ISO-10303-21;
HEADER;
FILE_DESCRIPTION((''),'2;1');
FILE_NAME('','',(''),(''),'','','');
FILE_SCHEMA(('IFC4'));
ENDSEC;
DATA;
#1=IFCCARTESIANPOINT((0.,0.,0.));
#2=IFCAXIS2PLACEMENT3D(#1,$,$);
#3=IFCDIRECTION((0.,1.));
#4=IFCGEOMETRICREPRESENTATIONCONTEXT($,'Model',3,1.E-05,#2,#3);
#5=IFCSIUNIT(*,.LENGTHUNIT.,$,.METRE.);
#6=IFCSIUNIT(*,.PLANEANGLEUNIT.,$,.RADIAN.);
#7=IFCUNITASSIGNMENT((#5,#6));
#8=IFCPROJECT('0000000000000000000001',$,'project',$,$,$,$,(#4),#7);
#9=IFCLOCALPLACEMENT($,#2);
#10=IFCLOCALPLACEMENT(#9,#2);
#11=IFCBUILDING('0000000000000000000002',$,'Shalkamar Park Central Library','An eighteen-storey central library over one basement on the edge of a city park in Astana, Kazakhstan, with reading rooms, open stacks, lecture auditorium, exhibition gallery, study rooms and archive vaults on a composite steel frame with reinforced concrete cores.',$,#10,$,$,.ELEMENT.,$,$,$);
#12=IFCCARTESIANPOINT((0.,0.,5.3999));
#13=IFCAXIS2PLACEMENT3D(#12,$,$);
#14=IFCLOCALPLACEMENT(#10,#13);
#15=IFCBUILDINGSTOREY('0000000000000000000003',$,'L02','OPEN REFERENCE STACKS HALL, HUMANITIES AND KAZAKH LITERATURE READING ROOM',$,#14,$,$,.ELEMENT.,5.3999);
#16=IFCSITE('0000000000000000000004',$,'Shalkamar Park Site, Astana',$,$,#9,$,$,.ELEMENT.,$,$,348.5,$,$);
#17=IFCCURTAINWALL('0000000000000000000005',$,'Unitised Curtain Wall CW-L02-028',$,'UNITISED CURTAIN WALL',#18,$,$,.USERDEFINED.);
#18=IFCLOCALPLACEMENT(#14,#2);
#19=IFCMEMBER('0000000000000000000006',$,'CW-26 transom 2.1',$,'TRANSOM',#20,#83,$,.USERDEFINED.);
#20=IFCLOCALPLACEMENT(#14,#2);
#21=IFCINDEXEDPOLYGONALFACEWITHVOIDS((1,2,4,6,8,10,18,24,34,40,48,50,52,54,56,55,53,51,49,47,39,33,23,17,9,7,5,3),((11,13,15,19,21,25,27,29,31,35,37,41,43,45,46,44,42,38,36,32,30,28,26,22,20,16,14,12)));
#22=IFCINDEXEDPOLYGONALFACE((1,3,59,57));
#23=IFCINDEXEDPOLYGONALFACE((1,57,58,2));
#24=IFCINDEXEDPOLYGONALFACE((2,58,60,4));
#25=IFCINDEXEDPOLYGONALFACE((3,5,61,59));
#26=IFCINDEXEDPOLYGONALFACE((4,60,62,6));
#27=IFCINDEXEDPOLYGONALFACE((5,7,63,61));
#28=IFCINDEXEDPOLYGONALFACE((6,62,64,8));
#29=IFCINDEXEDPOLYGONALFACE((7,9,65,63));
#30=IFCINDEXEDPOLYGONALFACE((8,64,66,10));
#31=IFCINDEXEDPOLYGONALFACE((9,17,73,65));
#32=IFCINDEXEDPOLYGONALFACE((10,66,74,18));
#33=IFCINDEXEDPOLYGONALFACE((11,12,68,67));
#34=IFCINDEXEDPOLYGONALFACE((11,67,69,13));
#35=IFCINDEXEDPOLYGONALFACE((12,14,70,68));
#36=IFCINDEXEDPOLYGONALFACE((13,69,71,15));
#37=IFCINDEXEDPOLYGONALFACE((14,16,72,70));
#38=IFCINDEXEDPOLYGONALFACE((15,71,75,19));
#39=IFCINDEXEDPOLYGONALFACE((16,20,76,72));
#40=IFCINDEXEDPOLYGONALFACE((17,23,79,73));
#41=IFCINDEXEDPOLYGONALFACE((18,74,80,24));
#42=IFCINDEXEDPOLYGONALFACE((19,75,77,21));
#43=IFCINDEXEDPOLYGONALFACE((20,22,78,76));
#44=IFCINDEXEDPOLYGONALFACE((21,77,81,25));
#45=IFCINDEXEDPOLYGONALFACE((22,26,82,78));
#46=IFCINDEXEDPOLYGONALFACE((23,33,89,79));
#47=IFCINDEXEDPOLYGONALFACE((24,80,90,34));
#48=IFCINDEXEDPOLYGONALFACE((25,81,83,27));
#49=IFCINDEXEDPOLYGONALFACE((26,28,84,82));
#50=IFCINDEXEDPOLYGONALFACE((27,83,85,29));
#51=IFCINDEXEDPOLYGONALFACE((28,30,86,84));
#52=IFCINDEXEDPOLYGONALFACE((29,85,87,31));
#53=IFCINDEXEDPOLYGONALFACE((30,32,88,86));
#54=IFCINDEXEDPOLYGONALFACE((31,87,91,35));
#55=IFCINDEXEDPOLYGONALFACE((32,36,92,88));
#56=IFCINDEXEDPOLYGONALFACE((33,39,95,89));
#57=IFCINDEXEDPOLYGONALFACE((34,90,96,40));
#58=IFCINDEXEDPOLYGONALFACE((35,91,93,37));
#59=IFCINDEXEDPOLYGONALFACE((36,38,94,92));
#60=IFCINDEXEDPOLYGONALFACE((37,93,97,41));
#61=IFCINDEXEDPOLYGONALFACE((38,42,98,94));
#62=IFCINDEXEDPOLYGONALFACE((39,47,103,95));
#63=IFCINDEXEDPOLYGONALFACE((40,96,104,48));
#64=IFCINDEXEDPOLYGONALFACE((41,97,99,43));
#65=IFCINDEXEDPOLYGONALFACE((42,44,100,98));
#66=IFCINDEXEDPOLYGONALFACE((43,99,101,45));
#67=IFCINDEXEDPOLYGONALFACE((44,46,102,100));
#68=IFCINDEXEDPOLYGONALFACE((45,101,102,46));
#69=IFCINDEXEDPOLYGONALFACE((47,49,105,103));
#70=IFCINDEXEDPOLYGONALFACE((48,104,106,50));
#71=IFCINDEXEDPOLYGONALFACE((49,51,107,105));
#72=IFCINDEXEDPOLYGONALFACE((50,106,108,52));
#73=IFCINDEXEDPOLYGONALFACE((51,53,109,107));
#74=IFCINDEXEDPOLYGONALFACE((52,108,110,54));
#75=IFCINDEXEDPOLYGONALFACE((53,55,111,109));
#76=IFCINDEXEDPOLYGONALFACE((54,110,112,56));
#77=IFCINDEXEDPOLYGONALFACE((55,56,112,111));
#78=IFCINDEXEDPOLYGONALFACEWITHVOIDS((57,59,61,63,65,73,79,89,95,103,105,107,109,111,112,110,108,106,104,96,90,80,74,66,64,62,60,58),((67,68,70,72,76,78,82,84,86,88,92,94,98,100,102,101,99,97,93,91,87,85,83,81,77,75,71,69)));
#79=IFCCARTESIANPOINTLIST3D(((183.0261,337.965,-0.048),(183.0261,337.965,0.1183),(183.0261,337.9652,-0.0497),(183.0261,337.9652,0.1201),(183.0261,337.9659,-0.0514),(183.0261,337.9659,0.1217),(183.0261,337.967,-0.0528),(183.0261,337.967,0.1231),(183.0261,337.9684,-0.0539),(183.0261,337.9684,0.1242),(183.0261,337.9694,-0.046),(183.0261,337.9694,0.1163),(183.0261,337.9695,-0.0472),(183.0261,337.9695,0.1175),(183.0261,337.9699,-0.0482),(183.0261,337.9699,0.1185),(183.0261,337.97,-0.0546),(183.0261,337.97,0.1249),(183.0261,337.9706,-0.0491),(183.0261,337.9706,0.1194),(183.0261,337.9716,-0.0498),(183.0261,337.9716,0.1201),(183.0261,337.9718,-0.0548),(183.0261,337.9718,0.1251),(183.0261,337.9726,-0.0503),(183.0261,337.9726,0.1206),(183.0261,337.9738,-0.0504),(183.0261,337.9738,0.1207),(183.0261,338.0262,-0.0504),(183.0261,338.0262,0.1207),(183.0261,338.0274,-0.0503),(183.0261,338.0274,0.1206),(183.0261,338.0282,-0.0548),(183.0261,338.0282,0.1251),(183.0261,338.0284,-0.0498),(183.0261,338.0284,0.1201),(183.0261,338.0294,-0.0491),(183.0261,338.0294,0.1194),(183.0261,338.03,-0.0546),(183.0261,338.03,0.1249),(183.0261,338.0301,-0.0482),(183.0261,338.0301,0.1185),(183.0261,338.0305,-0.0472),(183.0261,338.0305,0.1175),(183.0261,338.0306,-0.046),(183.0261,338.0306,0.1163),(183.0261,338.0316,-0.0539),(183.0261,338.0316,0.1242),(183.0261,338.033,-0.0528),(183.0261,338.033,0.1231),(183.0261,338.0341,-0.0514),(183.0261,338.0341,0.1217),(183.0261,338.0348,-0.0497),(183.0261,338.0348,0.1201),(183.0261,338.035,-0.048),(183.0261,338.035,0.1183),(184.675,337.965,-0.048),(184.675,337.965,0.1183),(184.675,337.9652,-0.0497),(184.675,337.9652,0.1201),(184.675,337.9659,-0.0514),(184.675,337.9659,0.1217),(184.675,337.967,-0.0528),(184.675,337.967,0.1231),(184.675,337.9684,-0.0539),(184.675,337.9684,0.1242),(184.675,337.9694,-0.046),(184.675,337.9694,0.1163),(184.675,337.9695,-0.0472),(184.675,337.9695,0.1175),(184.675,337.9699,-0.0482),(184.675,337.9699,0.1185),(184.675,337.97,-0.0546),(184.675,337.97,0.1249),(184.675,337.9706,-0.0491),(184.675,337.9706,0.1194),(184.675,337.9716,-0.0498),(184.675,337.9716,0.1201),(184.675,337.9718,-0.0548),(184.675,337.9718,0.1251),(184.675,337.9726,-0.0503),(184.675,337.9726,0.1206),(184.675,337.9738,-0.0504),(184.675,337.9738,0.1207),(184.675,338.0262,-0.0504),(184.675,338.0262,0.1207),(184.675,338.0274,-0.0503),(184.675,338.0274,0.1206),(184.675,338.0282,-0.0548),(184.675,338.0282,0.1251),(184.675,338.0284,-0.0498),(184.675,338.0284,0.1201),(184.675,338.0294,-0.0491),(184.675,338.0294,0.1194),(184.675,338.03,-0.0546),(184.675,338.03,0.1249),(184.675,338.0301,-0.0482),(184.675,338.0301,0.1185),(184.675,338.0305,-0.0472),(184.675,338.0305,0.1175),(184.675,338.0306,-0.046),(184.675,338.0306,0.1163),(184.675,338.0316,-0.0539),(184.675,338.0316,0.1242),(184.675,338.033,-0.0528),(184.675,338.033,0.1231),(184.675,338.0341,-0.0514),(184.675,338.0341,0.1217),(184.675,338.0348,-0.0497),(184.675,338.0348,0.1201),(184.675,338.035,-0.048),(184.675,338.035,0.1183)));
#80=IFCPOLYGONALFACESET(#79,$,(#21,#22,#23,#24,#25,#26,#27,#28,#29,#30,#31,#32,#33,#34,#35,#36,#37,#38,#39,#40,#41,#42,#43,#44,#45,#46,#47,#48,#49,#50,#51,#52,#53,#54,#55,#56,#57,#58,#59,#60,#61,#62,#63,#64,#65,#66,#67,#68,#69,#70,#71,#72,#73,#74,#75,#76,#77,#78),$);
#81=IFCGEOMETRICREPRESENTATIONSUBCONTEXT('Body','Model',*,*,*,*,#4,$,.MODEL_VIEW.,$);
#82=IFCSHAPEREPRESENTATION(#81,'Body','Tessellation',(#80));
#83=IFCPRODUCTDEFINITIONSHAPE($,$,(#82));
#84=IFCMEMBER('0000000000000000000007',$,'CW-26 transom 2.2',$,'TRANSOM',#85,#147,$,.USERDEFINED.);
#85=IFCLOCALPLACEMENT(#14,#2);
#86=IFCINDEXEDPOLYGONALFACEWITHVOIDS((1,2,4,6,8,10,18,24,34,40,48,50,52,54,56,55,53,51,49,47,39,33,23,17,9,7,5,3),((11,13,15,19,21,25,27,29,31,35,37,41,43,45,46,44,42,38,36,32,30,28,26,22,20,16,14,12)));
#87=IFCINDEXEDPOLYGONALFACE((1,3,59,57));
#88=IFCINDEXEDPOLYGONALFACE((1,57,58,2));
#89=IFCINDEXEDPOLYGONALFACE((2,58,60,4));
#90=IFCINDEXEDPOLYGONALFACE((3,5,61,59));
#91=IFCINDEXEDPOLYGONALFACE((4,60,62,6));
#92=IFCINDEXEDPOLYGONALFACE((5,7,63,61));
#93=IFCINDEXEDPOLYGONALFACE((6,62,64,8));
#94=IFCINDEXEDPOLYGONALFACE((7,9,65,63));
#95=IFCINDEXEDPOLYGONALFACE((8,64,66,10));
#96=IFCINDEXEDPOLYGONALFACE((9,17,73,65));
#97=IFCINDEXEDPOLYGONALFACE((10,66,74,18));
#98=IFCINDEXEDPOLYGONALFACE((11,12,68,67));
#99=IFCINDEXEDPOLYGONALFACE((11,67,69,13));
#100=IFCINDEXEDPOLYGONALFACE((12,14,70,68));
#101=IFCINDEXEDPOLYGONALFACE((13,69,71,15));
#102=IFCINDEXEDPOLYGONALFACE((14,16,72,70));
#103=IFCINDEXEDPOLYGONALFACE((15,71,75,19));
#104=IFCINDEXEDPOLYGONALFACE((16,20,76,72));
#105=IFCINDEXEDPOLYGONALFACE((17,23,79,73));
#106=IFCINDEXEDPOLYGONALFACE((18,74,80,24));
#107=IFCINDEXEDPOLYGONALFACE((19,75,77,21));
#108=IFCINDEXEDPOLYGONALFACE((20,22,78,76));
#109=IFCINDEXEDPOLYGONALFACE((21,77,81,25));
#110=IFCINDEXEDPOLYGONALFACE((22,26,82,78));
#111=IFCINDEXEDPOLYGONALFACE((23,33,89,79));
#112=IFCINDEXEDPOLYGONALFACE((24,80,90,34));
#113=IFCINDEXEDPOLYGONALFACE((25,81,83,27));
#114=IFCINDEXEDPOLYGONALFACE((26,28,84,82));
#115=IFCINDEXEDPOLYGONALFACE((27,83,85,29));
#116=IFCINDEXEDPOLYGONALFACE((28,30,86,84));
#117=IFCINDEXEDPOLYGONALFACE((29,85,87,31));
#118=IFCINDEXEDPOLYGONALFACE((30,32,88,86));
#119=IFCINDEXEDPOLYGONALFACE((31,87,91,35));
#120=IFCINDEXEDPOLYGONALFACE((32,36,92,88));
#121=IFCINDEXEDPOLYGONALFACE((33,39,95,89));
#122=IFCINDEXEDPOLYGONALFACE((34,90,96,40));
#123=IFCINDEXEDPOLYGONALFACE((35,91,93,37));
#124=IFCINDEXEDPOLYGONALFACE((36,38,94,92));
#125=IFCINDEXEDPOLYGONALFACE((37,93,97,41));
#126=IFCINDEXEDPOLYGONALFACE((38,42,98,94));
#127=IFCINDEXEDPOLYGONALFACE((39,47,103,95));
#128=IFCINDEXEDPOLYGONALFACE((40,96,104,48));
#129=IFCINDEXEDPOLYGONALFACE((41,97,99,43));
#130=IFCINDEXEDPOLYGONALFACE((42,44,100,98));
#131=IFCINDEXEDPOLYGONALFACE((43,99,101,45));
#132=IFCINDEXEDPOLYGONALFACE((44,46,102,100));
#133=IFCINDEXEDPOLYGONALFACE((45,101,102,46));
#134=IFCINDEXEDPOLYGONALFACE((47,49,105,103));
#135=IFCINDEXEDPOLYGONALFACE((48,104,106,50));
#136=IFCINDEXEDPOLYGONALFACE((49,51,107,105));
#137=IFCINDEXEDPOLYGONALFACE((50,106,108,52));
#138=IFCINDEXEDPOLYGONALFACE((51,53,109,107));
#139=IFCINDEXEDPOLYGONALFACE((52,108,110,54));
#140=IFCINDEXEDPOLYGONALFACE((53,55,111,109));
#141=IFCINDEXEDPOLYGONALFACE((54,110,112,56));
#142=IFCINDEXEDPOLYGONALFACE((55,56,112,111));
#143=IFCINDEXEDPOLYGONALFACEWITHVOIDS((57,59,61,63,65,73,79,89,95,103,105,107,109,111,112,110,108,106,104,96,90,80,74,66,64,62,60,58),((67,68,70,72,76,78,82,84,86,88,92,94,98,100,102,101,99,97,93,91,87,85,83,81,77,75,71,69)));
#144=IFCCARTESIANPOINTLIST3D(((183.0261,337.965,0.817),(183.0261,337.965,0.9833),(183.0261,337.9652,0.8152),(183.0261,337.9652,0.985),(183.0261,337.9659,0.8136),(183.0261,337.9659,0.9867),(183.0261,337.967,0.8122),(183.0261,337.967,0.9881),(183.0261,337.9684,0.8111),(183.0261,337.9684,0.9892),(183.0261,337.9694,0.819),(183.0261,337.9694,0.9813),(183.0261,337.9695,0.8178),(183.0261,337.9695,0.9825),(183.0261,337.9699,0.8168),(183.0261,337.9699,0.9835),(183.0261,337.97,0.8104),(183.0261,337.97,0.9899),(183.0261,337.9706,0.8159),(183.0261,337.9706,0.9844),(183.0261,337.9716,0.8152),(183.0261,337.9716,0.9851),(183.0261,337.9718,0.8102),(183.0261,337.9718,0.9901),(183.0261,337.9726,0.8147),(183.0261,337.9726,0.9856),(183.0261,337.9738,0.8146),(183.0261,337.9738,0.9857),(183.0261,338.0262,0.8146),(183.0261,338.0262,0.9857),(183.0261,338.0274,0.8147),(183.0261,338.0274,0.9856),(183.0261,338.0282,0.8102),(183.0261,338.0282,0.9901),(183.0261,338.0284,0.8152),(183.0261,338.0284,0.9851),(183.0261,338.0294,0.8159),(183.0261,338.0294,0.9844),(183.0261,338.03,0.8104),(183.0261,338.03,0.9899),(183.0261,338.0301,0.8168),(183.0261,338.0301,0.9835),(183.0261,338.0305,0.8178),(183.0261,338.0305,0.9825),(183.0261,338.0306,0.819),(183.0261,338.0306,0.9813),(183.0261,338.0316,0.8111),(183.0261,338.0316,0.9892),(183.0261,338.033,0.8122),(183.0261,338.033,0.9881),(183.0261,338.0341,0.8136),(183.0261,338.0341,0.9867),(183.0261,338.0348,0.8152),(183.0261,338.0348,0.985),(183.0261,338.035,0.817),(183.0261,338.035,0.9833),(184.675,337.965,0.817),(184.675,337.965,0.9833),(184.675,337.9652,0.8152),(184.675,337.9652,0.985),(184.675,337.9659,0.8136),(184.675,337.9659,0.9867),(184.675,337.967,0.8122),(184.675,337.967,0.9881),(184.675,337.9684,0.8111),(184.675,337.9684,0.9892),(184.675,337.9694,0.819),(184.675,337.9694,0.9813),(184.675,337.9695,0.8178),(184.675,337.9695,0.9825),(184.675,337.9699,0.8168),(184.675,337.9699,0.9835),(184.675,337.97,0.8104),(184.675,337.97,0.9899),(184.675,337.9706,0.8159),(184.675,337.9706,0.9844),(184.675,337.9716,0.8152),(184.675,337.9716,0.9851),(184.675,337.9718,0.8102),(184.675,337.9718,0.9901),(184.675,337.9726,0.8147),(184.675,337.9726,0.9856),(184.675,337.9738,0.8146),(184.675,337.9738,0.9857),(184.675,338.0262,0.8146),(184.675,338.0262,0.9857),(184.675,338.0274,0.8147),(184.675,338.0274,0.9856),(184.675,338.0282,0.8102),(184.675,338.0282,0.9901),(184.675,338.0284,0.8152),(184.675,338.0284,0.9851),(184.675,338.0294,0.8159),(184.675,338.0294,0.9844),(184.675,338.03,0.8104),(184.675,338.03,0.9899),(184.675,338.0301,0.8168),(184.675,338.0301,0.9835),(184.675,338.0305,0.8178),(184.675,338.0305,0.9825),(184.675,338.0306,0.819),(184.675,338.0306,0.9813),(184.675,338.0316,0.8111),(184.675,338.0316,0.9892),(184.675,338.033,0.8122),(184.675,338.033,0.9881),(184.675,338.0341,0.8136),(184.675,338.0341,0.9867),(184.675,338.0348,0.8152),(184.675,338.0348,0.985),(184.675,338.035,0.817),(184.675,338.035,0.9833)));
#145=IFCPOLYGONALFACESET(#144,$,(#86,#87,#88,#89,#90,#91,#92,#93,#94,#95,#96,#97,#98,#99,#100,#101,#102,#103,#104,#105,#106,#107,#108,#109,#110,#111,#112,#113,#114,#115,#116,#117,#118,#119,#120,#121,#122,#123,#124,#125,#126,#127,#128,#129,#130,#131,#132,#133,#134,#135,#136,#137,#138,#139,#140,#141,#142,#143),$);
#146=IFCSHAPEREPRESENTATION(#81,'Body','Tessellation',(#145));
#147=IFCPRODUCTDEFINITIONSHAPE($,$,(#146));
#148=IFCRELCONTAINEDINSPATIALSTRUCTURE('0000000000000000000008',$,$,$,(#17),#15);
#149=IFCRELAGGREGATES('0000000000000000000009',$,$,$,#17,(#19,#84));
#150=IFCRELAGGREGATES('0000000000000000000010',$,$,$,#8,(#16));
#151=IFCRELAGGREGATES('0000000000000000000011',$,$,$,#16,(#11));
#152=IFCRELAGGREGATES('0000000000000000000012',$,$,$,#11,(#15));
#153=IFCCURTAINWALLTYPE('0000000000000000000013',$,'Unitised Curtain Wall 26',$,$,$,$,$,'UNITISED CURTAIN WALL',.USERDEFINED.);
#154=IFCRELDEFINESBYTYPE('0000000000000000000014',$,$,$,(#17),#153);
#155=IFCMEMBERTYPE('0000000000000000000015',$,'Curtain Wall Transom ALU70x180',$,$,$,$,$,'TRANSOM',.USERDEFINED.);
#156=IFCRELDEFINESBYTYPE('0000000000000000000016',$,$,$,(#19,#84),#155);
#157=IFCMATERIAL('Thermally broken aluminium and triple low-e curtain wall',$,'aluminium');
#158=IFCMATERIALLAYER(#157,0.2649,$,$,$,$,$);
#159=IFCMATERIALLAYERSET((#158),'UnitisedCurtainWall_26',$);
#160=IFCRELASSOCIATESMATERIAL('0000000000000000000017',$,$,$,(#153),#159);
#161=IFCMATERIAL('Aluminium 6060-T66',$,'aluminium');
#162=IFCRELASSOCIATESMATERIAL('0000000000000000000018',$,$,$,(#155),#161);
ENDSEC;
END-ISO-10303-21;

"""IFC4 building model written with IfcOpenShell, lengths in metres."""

from ifc_helpers import new_model, si_unit, direction, frame, origin, origin_2d, place, context, subcontext, project, spatial, hollow_rectangle, extrude, material, layer, layer_set, material_profile, profile_set, type_object, element, aggregate, save


model = new_model("IFC4")

# Units and contexts
model_context = context("Model", 3, precision=1e-05, world=origin(), true_north=direction((0.0, 1.0)))
body_context = subcontext(model_context, "Body", "Model", "MODEL_VIEW")
ifc_project = project(units=[si_unit("LENGTHUNIT", "METRE"), si_unit("PLANEANGLEUNIT", "RADIAN")], contexts=[model_context])

# Site, building, storey
site_placement = place(None, origin())
site = spatial("IfcSite", under=ifc_project, at=site_placement, Name="Shalkamar Park Site, Astana", CompositionType="ELEMENT", RefElevation=348.5)
building_placement = place(site_placement, origin())
building = spatial("IfcBuilding", under=site, at=building_placement, Name="Shalkamar Park Central Library", Description="An eighteen-storey central library over one basement on the edge of a city park in Astana, Kazakhstan, with reading rooms, open stacks, lecture auditorium, exhibition gallery, study rooms and archive vaults on a composite steel frame with reinforced concrete cores.", CompositionType="ELEMENT")
storey_placement = place(building_placement, frame((0.0, 0.0, 5.3999)))
storey = spatial("IfcBuildingStorey", under=building, at=storey_placement, Name="L02", Description="OPEN REFERENCE STACKS HALL, HUMANITIES AND KAZAKH LITERATURE READING ROOM", CompositionType="ELEMENT", Elevation=5.3999)

# Curtain wall
ifc_material_1 = material(Name="Thermally broken aluminium and triple low-e curtain wall", Category="aluminium")
ifc_layer_1 = layer(ifc_material_1, 0.2649)
ifc_layer_set_1 = layer_set([ifc_layer_1], Name="UnitisedCurtainWall_26")
curtain_wall_type_1 = type_object("IfcCurtainWallType", Name="Unitised Curtain Wall 26", ElementType="UNITISED CURTAIN WALL", PredefinedType="USERDEFINED", material=ifc_layer_set_1)
curtain_wall_1_placement = place(storey_placement, origin())
curtain_wall_1 = element("IfcCurtainWall", 1, at=curtain_wall_1_placement, inside=storey, type_object=curtain_wall_type_1, Name="Unitised Curtain Wall CW-L02-028", ObjectType="UNITISED CURTAIN WALL", PredefinedType="USERDEFINED")
ifc_material_2 = material(Name="Aluminium 6060-T66", Category="aluminium")

# Members
ifc_material_profile_1 = material_profile(ifc_material_2, hollow_rectangle(XDim=0.0701, YDim=0.1799, WallThickness=0.0044, InnerFilletRadius=0.0044, OuterFilletRadius=0.0068, at=origin_2d()), Name="ALU 70x180x4.5")
ifc_profile_set_1 = profile_set([ifc_material_profile_1], Name="Aluminium 6060-T66")
member_type_1 = type_object("IfcMemberType", Name="Curtain Wall Transom ALU70x180", ElementType="TRANSOM", PredefinedType="USERDEFINED", material=ifc_profile_set_1)
member_1_placement = place(storey_placement, frame((183.0261, 338.0, 0.0352), z_axis=(1.0, 0.0, 0.0), x_axis=(0.0, 1.0, 0.0)))
member_1 = element("IfcMember", 2, at=member_1_placement, type_object=member_type_1, Name="CW-26 transom 2.1", ObjectType="TRANSOM", PredefinedType="USERDEFINED", context=body_context, shape_type="SweptSolid", body=[
    extrude(hollow_rectangle(XDim=0.0701, YDim=0.1799, WallThickness=0.0044, InnerFilletRadius=0.0044, OuterFilletRadius=0.0068, at=origin_2d()), origin(), (0.0, 0.0, 1.0), 1.6489),
])
member_2_placement = place(storey_placement, frame((183.0261, 338.0, 0.9001), z_axis=(1.0, 0.0, 0.0), x_axis=(0.0, 1.0, 0.0)))
member_2 = element("IfcMember", 3, at=member_2_placement, type_object=member_type_1, Name="CW-26 transom 2.2", ObjectType="TRANSOM", PredefinedType="USERDEFINED", context=body_context, shape_type="SweptSolid", body=[
    extrude(hollow_rectangle(XDim=0.0701, YDim=0.1799, WallThickness=0.0044, InnerFilletRadius=0.0044, OuterFilletRadius=0.0068, at=origin_2d()), origin(), (0.0, 0.0, 1.0), 1.6489),
])

aggregate(curtain_wall_1, [member_1, member_2])

save(model, "model.ifc")
